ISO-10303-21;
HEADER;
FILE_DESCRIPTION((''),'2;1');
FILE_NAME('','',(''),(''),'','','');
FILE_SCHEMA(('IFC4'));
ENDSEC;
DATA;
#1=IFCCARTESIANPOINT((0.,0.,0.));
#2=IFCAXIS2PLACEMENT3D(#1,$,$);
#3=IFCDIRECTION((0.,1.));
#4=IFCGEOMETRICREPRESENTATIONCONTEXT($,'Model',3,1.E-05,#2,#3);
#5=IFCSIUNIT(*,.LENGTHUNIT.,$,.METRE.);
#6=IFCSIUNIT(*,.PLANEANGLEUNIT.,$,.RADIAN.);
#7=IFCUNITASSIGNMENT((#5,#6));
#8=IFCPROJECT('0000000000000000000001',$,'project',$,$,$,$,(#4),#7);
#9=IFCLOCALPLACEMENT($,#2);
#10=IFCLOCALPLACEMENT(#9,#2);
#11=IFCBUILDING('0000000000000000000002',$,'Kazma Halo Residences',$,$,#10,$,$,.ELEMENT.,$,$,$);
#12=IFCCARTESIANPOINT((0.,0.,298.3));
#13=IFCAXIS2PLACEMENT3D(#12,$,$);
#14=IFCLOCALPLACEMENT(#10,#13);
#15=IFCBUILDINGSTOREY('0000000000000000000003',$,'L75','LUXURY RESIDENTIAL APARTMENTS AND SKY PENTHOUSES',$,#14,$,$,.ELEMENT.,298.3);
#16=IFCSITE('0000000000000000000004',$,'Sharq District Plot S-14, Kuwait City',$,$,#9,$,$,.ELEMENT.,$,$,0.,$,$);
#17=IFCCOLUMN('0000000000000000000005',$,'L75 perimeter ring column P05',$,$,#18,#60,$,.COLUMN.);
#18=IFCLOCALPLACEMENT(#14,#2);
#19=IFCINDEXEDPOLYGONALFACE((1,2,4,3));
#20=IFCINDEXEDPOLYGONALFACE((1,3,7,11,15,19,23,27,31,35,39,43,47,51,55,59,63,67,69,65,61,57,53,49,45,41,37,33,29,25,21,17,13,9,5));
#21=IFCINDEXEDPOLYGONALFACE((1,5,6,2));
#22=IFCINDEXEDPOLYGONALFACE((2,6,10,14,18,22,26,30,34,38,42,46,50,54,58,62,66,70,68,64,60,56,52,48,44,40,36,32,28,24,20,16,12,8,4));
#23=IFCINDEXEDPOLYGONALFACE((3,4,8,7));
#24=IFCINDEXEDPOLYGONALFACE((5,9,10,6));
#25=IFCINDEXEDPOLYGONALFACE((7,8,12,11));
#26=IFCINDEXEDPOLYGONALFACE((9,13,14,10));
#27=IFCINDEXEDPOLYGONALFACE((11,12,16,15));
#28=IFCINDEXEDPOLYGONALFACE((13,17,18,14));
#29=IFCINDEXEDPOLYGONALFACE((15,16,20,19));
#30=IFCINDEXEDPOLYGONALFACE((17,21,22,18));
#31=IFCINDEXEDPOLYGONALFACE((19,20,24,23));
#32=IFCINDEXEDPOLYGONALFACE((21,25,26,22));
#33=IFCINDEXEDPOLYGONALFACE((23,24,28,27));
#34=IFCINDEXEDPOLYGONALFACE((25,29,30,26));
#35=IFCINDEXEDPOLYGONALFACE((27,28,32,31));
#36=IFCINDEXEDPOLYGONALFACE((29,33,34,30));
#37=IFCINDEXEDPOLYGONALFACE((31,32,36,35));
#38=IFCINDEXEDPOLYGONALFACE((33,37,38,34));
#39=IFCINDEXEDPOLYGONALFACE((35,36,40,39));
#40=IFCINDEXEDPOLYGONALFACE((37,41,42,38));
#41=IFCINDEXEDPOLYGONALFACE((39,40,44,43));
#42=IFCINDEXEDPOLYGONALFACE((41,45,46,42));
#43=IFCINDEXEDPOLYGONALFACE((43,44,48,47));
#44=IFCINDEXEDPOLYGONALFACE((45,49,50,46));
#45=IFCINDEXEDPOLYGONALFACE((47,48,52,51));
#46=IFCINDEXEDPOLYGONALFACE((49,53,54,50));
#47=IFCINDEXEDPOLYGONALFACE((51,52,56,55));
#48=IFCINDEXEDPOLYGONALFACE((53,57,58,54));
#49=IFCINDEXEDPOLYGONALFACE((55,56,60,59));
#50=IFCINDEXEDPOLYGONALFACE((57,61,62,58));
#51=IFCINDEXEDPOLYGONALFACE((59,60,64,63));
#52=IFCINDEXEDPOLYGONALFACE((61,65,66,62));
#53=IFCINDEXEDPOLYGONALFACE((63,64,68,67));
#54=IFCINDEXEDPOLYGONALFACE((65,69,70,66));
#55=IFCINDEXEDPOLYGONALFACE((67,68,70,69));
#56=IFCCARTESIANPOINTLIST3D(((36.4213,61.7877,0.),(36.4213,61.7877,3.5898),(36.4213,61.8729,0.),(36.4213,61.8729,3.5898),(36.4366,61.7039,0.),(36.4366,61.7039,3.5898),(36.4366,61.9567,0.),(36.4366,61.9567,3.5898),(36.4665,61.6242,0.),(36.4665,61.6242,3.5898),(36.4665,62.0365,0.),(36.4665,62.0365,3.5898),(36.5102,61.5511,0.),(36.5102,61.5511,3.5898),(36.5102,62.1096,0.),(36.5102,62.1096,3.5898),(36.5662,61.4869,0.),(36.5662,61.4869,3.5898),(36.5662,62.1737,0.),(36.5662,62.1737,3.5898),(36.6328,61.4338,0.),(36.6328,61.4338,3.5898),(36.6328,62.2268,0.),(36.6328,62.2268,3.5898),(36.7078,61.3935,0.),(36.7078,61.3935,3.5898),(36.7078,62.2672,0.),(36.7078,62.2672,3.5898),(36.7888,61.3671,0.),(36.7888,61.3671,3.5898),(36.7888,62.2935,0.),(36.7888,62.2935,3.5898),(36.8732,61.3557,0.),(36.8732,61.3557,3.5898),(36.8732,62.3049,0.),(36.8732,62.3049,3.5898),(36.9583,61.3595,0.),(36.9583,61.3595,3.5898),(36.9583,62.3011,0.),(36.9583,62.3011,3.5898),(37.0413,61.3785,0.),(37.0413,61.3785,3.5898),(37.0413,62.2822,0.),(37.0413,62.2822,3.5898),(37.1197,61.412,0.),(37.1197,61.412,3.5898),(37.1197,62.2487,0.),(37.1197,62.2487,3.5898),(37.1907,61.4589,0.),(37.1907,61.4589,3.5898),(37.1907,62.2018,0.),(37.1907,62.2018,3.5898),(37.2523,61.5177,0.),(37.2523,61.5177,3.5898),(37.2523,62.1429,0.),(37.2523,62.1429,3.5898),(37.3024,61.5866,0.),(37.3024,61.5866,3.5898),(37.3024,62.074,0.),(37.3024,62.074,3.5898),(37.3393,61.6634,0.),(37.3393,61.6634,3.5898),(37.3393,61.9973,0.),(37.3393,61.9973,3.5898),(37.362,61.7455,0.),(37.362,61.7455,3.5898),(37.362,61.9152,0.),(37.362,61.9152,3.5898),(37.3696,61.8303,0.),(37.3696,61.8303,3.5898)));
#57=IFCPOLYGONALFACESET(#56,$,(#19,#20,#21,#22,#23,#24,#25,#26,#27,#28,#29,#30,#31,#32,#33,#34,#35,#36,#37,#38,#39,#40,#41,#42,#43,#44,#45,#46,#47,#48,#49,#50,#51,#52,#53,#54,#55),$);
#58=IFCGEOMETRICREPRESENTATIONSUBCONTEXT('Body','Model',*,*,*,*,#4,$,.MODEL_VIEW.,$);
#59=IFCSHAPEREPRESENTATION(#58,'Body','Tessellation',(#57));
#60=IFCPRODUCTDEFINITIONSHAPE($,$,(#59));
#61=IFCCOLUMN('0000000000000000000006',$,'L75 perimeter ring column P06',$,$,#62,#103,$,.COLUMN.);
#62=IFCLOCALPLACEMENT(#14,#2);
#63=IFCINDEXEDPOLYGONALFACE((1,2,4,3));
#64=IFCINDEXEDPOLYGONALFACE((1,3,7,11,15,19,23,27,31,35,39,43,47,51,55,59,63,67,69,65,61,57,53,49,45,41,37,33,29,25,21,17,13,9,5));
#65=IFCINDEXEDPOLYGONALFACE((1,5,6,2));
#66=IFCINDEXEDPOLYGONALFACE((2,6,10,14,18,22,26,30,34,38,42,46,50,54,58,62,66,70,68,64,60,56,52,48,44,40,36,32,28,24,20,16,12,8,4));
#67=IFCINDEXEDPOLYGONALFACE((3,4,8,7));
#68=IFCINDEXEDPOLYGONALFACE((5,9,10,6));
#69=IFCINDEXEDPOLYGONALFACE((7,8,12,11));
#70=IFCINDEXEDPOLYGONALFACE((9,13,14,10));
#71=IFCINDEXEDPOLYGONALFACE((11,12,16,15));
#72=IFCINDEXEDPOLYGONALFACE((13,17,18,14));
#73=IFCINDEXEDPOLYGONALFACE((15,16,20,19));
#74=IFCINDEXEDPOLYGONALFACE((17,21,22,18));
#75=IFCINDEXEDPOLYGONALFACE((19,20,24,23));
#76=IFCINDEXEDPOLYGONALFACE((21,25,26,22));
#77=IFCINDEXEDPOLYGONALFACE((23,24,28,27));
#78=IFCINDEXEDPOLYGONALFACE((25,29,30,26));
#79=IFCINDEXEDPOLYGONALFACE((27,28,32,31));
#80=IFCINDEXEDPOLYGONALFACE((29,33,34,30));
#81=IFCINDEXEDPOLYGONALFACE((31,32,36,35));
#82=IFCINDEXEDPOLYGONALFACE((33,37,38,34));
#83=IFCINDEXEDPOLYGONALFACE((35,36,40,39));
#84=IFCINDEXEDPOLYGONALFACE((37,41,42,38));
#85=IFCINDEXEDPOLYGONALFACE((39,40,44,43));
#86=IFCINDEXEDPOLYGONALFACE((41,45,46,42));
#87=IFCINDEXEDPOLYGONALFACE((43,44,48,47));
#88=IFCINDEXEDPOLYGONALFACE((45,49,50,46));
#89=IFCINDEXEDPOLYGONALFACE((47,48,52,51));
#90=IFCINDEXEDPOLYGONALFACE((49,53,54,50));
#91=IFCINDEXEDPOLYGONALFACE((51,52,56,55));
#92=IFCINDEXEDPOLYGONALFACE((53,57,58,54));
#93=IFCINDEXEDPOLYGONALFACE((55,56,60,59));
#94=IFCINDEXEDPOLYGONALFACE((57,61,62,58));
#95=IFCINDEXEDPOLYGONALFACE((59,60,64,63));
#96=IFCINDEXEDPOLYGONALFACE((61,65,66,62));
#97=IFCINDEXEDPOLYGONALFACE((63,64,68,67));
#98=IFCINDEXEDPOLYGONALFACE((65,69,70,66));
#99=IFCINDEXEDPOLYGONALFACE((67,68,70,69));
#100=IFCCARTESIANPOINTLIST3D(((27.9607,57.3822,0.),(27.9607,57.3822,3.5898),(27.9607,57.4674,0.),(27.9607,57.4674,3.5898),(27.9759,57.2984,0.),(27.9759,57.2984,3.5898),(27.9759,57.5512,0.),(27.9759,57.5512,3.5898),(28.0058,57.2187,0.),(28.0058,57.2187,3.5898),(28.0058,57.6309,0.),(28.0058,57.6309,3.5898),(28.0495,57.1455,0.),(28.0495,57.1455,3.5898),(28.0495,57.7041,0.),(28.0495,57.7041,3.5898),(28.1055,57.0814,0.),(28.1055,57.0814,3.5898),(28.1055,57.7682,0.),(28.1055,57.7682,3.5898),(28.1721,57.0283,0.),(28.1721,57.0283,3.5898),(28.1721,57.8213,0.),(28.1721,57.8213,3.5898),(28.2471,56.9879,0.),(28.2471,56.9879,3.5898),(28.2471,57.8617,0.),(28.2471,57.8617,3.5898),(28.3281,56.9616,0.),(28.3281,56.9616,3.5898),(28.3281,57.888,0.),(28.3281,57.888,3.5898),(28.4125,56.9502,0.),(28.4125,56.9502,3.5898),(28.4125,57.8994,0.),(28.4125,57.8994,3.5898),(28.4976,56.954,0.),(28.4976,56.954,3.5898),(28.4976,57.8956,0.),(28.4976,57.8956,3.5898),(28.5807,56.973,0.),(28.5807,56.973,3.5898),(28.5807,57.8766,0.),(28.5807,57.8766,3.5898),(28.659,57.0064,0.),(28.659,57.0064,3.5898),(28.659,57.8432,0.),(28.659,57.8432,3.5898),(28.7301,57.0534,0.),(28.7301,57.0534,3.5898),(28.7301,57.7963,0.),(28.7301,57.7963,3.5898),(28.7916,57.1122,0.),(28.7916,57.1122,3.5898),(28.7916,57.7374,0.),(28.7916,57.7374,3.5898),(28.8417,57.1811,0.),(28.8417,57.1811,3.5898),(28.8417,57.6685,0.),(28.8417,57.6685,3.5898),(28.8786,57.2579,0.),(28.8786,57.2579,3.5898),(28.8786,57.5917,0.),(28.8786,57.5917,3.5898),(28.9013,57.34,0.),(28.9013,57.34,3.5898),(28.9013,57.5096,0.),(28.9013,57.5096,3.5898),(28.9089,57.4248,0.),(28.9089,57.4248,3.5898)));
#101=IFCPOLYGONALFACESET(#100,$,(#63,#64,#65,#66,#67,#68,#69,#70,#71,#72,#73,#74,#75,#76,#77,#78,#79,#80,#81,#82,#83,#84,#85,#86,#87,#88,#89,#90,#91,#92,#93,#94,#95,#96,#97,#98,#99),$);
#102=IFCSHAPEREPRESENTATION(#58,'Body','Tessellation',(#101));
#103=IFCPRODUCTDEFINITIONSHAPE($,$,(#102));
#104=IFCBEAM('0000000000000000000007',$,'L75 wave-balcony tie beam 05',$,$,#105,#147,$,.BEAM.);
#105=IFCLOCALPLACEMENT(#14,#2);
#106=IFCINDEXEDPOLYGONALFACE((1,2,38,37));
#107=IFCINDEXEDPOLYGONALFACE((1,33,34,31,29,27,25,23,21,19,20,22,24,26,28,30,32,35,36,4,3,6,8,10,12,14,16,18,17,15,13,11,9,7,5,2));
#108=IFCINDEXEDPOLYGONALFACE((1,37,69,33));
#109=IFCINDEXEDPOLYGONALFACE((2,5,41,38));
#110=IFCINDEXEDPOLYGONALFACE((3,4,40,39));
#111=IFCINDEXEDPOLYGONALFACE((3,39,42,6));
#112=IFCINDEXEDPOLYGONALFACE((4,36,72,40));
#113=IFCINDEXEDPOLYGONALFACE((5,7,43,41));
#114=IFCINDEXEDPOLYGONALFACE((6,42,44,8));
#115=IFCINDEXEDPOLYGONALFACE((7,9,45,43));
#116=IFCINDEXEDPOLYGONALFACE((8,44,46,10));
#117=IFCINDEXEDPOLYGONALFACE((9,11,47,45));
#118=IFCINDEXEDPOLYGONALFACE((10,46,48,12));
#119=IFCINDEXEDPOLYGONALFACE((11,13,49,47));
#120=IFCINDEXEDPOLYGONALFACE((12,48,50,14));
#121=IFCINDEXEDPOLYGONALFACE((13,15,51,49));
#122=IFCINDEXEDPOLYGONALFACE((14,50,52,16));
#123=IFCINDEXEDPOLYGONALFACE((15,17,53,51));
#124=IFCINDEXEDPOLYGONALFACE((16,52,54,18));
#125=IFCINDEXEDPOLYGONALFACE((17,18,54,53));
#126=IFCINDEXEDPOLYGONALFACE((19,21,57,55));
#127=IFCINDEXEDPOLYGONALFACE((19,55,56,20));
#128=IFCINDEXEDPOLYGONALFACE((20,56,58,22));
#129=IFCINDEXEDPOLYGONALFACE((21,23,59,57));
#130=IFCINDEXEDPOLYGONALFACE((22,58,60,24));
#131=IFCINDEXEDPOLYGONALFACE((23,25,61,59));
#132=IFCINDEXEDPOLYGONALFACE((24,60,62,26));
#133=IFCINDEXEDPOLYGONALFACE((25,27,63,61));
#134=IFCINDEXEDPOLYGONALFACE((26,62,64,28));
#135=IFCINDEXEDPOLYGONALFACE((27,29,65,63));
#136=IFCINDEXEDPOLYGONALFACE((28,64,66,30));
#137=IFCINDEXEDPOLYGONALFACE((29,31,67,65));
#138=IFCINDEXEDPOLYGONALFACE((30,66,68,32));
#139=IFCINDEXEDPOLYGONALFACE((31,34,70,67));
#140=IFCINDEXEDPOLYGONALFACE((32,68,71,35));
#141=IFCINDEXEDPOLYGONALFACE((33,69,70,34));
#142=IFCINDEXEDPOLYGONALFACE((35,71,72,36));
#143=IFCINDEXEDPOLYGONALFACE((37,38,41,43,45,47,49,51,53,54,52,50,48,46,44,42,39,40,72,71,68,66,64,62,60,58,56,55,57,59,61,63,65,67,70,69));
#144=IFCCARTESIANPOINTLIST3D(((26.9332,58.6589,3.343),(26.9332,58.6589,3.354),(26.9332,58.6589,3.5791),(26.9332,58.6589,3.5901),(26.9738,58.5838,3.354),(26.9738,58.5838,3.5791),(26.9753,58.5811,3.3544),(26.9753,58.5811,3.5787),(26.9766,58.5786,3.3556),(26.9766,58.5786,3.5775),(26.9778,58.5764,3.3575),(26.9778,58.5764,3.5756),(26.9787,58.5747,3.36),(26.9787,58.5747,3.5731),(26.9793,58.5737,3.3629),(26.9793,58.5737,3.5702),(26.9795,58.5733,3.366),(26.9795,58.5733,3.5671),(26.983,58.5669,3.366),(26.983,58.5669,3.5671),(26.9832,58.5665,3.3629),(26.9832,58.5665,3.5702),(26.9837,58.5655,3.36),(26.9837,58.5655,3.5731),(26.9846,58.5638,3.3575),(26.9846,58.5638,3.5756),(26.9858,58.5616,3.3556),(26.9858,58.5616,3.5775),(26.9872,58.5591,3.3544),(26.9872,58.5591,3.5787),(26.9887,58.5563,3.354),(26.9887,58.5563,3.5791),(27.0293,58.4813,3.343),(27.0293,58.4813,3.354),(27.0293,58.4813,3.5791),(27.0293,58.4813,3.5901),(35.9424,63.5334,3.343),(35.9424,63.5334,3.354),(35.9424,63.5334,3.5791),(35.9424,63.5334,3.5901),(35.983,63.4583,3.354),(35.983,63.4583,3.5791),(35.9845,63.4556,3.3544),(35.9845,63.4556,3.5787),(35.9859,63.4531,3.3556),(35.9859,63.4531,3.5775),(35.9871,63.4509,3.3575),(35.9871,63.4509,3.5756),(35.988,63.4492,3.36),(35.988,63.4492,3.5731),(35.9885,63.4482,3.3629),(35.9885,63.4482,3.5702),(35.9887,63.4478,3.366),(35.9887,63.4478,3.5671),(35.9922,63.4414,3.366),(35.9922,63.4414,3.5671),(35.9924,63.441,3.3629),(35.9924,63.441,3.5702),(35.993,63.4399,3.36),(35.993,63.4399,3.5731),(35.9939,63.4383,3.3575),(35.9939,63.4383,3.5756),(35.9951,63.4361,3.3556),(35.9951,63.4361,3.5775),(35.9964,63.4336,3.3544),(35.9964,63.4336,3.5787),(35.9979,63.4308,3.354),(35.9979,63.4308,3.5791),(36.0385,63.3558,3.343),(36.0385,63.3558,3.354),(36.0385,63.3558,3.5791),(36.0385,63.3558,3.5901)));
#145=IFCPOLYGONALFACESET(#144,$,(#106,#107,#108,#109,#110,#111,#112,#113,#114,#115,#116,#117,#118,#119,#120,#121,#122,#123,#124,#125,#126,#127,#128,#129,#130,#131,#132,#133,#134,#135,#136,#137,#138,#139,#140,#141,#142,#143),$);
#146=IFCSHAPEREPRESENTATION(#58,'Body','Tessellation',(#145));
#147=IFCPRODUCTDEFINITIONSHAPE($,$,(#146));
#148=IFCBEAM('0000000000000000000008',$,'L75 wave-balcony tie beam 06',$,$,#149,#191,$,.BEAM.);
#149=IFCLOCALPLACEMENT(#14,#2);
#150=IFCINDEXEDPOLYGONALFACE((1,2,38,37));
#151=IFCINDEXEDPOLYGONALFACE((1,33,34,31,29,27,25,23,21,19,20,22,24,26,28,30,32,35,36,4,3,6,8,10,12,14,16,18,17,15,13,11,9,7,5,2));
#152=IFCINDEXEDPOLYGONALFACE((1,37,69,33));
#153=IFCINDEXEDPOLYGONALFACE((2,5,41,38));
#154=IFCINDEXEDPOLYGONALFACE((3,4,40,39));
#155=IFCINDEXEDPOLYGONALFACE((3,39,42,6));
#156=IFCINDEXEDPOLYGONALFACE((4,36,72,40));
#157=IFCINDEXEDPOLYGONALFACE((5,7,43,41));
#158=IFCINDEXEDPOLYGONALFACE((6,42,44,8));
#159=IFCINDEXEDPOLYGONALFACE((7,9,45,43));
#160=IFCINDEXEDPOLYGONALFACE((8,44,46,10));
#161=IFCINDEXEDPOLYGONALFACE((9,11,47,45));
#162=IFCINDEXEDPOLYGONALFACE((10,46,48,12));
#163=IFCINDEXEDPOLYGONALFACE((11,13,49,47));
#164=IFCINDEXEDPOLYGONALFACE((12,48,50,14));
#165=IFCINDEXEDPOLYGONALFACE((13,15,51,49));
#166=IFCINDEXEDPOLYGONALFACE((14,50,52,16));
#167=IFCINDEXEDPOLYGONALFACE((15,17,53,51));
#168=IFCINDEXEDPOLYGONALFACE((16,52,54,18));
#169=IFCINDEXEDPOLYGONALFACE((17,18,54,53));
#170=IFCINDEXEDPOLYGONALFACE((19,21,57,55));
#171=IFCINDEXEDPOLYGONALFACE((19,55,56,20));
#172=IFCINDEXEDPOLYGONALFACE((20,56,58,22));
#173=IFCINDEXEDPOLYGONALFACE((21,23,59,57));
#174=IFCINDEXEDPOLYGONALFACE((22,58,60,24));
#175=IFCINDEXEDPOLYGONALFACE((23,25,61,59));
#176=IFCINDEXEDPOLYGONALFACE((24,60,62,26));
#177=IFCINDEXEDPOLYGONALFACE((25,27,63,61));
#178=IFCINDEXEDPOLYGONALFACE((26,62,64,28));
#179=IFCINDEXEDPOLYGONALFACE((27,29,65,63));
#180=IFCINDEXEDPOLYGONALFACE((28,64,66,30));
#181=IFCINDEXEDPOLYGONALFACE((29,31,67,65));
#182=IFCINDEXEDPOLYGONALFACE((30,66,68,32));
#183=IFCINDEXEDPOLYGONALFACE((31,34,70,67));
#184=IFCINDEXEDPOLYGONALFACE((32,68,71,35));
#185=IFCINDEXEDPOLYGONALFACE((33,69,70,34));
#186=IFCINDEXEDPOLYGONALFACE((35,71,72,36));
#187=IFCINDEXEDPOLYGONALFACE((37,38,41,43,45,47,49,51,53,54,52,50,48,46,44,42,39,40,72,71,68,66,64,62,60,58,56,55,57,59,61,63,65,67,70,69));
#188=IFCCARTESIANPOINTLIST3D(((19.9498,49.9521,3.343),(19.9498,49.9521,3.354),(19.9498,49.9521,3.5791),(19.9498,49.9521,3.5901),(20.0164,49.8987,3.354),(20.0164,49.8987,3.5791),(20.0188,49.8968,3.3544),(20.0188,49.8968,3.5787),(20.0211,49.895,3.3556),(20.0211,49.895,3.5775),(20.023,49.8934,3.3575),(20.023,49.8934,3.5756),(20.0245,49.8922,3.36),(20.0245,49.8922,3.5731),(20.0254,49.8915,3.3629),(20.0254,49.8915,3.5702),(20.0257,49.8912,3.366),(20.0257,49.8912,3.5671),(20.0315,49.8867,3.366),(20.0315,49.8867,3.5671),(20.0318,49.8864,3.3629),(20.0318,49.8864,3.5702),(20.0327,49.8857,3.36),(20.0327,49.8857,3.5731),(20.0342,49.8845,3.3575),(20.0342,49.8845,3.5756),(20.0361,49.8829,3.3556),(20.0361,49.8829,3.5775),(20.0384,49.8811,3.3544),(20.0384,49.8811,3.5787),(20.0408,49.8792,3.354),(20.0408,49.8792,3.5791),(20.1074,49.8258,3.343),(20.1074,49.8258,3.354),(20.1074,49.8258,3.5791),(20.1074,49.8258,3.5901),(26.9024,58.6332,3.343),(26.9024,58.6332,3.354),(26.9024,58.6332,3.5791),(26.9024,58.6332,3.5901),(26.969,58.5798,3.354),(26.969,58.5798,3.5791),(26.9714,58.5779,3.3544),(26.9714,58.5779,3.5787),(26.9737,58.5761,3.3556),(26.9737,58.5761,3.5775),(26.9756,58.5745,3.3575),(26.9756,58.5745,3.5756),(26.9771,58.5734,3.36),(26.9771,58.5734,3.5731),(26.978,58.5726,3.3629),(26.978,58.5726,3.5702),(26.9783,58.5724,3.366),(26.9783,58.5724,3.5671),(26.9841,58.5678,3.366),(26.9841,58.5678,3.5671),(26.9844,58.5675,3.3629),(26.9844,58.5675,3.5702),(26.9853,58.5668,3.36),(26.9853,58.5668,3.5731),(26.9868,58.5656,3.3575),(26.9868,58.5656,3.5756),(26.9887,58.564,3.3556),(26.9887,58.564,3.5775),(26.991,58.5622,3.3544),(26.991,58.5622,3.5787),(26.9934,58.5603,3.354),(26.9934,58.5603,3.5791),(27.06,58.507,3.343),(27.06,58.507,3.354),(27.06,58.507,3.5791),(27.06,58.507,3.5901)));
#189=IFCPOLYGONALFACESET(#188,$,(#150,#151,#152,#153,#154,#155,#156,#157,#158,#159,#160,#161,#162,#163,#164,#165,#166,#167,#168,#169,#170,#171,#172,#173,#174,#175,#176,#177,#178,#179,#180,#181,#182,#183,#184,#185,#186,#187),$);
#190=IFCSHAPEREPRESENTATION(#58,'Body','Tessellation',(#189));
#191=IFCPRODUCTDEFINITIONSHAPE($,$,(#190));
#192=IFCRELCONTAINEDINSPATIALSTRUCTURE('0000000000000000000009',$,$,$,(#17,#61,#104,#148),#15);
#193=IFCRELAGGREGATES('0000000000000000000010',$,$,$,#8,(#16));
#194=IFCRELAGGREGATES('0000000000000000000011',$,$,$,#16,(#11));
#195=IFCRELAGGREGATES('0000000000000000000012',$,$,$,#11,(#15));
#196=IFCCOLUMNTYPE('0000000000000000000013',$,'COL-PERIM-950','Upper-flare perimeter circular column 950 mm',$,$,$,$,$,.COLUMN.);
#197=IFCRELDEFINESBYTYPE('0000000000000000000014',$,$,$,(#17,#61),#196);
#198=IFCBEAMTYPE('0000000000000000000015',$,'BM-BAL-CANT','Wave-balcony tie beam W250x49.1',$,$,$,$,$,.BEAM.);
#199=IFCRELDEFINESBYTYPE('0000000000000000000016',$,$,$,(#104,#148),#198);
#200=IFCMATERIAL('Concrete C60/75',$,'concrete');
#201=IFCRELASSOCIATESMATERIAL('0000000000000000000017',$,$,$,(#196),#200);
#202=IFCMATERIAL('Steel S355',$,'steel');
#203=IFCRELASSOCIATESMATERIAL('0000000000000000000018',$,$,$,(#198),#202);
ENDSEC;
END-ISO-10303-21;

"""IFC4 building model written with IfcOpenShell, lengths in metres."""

from ifc_helpers import new_model, si_unit, direction, frame, origin, origin_2d, place, context, subcontext, project, spatial, circle, i_section, extrude, material, material_profile, profile_set, type_object, element, save


model = new_model("IFC4")

# Units and contexts
model_context = context("Model", 3, precision=1e-05, world=origin(), true_north=direction((0.0, 1.0)))
body_context = subcontext(model_context, "Body", "Model", "MODEL_VIEW")
ifc_project = project(units=[si_unit("LENGTHUNIT", "METRE"), si_unit("PLANEANGLEUNIT", "RADIAN")], contexts=[model_context])

# Site, building, storey
site_placement = place(None, origin())
site = spatial("IfcSite", under=ifc_project, at=site_placement, Name="Sharq District Plot S-14, Kuwait City", CompositionType="ELEMENT", RefElevation=0.0)
building_placement = place(site_placement, origin())
building = spatial("IfcBuilding", under=site, at=building_placement, Name="Kazma Halo Residences", CompositionType="ELEMENT")
storey_placement = place(building_placement, frame((0.0, 0.0, 298.3)))
storey = spatial("IfcBuildingStorey", under=building, at=storey_placement, Name="L75", Description="LUXURY RESIDENTIAL APARTMENTS AND SKY PENTHOUSES", CompositionType="ELEMENT", Elevation=298.3)

# Columns
ifc_material_1 = material(Name="Concrete C60/75", Category="concrete")
ifc_material_profile_1 = material_profile(ifc_material_1, circle(Radius=0.4751, at=origin_2d()), Name="CIRC950")
ifc_profile_set_1 = profile_set([ifc_material_profile_1], Name="Concrete C60/75")
column_type = type_object("IfcColumnType", Name="COL-PERIM-950", Description="Upper-flare perimeter circular column 950 mm", PredefinedType="COLUMN", material=ifc_profile_set_1)
for number, where, z_axis, x_axis, name in (
    (1, (36.8945, 61.8303, 0.0), (0.0, 0.0, 1.0), (1.0, 0.0, 0.0), "L75 perimeter ring column P05"),
    (2, (28.4338, 57.4248, 0.0), (0.0, 0.0, 1.0), (1.0, 0.0, 0.0), "L75 perimeter ring column P06"),
):
    element("IfcColumn", number, at=place(storey_placement, frame(where, z_axis=z_axis, x_axis=x_axis)), inside=storey, type_object=column_type, Name=name, PredefinedType="COLUMN", context=body_context, shape_type="SweptSolid", body=[
        extrude(circle(Radius=0.4751, at=origin_2d()), origin(), (0.0, 0.0, 1.0), 3.5898),
    ])

# Beams
ifc_material_2 = material(Name="Steel S355", Category="steel")
ifc_material_profile_2 = material_profile(ifc_material_2, i_section(OverallWidth=0.2019, OverallDepth=0.2471, WebThickness=0.0073, FlangeThickness=0.011, FilletRadius=0.012, at=origin_2d()), Name="W250x49.1")
ifc_profile_set_2 = profile_set([ifc_material_profile_2], Name="Steel S355")
beam_type_1 = type_object("IfcBeamType", Name="BM-BAL-CANT", Description="Wave-balcony tie beam W250x49.1", PredefinedType="BEAM", material=ifc_profile_set_2)
beam_1_placement = place(storey_placement, frame((35.9905, 63.4446, 3.4666), z_axis=(-0.879517, -0.475867, 0.0), x_axis=(0.475867, -0.879517, 0.0)))
element("IfcBeam", 3, at=beam_1_placement, inside=storey, type_object=beam_type_1, Name="L75 wave-balcony tie beam 05", PredefinedType="BEAM", context=body_context, shape_type="SweptSolid", body=[
    extrude(i_section(OverallWidth=0.2019, OverallDepth=0.2471, WebThickness=0.0073, FlangeThickness=0.011, FilletRadius=0.012, at=origin_2d()), origin(), (0.0, 0.0, 1.0), 10.2434),
])
beam_2_placement = place(storey_placement, frame((26.9812, 58.5701, 3.4666), z_axis=(-0.625118, -0.78053, 0.0), x_axis=(0.78053, -0.625118, 0.0)))
element("IfcBeam", 4, at=beam_2_placement, inside=storey, type_object=beam_type_1, Name="L75 wave-balcony tie beam 06", PredefinedType="BEAM", context=body_context, shape_type="SweptSolid", body=[
    extrude(i_section(OverallWidth=0.2019, OverallDepth=0.2471, WebThickness=0.0073, FlangeThickness=0.011, FilletRadius=0.012, at=origin_2d()), origin(), (0.0, 0.0, 1.0), 11.1221),
])

save(model, "model.ifc")
